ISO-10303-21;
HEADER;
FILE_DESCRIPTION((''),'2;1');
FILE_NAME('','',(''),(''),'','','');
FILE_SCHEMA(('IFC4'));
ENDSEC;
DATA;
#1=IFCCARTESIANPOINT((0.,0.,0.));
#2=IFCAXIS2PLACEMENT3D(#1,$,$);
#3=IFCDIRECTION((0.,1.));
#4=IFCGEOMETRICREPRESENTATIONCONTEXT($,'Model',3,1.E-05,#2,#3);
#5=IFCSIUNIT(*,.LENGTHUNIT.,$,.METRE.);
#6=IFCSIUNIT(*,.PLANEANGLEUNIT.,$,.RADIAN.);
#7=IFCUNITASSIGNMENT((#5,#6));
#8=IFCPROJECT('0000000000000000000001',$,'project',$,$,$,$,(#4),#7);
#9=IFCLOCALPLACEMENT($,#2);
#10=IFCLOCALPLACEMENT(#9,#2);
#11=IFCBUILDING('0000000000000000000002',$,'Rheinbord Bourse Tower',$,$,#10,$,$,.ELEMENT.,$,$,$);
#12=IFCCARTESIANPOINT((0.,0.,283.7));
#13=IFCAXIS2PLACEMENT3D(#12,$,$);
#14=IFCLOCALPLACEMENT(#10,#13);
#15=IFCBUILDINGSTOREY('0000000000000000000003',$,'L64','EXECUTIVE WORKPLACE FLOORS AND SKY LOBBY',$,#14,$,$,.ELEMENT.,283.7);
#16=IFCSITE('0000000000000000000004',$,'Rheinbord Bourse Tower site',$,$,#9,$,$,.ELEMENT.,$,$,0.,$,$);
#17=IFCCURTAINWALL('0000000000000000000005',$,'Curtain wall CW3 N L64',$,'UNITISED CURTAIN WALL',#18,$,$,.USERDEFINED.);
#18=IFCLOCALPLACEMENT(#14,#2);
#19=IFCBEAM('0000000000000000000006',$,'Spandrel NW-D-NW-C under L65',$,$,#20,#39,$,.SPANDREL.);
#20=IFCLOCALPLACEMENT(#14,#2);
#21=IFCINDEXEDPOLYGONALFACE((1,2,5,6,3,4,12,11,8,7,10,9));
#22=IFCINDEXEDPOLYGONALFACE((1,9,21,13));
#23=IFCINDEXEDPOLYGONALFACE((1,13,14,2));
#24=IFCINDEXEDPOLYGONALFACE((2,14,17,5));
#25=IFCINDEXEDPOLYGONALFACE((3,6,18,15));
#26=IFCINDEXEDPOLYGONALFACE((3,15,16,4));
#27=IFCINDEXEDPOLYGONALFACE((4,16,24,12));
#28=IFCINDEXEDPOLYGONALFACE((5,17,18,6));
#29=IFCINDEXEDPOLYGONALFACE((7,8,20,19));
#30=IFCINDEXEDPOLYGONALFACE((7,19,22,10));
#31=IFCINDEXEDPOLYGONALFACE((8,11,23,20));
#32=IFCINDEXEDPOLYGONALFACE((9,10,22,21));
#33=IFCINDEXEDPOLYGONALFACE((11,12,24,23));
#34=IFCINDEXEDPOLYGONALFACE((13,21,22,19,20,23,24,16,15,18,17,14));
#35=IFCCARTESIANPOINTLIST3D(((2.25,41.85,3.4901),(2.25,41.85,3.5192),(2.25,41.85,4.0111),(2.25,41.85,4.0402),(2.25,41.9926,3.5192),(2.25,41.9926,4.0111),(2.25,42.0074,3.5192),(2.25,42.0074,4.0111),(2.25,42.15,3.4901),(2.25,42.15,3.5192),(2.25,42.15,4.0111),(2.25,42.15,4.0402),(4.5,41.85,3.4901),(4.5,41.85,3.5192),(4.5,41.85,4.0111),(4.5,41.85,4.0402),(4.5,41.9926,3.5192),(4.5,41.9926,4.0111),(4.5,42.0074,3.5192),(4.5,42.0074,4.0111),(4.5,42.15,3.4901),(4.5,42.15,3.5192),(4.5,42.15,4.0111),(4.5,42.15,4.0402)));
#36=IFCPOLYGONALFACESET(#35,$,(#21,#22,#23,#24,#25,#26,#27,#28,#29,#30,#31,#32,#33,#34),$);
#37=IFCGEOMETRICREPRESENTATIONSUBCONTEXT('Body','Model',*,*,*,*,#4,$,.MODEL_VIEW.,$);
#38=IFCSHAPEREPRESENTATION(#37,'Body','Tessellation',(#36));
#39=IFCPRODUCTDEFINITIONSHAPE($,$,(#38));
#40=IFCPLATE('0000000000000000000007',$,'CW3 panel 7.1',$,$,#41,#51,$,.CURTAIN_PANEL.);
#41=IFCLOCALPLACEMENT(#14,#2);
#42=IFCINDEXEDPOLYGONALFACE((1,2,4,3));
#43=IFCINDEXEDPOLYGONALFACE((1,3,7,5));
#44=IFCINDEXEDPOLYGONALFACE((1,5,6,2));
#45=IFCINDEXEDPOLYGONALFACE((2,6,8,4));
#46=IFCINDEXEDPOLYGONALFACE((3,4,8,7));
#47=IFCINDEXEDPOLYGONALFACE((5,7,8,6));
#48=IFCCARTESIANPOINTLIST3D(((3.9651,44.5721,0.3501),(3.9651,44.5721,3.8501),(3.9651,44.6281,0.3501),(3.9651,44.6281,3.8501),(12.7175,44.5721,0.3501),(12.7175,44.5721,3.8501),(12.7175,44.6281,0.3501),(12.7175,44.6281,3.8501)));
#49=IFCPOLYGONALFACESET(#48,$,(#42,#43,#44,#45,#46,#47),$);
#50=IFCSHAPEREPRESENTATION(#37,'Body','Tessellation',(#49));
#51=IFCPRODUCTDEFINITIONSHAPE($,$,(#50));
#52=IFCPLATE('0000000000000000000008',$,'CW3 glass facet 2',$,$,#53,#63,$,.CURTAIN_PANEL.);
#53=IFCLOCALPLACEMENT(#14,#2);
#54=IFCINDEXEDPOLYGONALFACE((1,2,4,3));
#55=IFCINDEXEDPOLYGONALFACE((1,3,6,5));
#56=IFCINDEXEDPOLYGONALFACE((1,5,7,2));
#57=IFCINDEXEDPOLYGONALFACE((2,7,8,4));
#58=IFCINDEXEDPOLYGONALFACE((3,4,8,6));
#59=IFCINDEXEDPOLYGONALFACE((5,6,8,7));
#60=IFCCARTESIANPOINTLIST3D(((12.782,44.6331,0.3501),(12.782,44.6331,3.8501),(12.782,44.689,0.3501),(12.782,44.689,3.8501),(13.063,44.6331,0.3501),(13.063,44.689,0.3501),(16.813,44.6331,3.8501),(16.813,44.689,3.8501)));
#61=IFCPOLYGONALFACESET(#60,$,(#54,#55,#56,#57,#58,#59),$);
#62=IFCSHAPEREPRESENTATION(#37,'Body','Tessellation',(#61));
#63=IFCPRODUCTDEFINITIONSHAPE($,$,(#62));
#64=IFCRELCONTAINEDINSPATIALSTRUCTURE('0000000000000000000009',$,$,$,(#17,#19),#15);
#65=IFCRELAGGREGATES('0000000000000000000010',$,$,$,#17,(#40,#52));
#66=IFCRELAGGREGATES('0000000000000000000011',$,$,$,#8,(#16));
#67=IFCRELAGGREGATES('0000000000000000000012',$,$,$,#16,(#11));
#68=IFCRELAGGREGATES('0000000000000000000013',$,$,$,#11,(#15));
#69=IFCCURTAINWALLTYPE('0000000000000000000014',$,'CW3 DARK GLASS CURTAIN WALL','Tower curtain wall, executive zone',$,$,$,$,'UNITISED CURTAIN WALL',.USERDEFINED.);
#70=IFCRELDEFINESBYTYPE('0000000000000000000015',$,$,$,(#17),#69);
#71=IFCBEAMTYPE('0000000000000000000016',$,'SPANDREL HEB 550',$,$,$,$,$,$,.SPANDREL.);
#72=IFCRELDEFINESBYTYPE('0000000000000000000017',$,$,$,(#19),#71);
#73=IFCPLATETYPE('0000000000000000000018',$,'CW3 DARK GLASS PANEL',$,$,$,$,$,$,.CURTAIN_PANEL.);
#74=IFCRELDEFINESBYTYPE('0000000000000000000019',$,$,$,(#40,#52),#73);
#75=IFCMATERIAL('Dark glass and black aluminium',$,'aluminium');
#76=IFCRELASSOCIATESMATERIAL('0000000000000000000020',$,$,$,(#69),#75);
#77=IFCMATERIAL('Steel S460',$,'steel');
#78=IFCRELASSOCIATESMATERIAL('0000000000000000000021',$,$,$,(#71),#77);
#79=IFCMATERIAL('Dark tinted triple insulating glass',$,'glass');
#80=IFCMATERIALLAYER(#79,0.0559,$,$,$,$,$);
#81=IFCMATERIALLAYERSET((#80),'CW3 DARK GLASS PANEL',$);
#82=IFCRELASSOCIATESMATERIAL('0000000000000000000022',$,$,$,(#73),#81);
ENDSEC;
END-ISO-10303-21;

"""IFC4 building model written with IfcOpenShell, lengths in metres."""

from ifc_helpers import new_model, si_unit, direction, frame, origin, origin_2d, place, context, subcontext, project, spatial, polyline, rectangle, i_section, outline, extrude, material, layer, layer_set, material_profile, profile_set, type_object, element, aggregate, save


model = new_model("IFC4")

# Units and contexts
model_context = context("Model", 3, precision=1e-05, world=origin(), true_north=direction((0.0, 1.0)))
body_context = subcontext(model_context, "Body", "Model", "MODEL_VIEW")
ifc_project = project(units=[si_unit("LENGTHUNIT", "METRE"), si_unit("PLANEANGLEUNIT", "RADIAN")], contexts=[model_context])

# Site, building, storey
site_placement = place(None, origin())
site = spatial("IfcSite", under=ifc_project, at=site_placement, Name="Rheinbord Bourse Tower site", CompositionType="ELEMENT", RefElevation=0.0)
building_placement = place(site_placement, origin())
building = spatial("IfcBuilding", under=site, at=building_placement, Name="Rheinbord Bourse Tower", CompositionType="ELEMENT")
storey_placement = place(building_placement, frame((0.0, 0.0, 283.7)))
storey = spatial("IfcBuildingStorey", under=building, at=storey_placement, Name="L64", Description="EXECUTIVE WORKPLACE FLOORS AND SKY LOBBY", CompositionType="ELEMENT", Elevation=283.7)

# Curtain wall
ifc_material_1 = material(Name="Dark glass and black aluminium", Category="aluminium")
curtain_wall_type = type_object("IfcCurtainWallType", Name="CW3 DARK GLASS CURTAIN WALL", Description="Tower curtain wall, executive zone", ElementType="UNITISED CURTAIN WALL", PredefinedType="USERDEFINED", material=ifc_material_1)
curtain_wall_placement = place(storey_placement, origin())
curtain_wall = element("IfcCurtainWall", 1, at=curtain_wall_placement, inside=storey, type_object=curtain_wall_type, Name="Curtain wall CW3 N L64", ObjectType="UNITISED CURTAIN WALL", PredefinedType="USERDEFINED")

# Beam
ifc_material_2 = material(Name="Steel S460", Category="steel")
ifc_material_profile_1 = material_profile(ifc_material_2, i_section(OverallWidth=0.3, OverallDepth=0.55, WebThickness=0.0149, FlangeThickness=0.0291, at=origin_2d()), Name="HEB 550")
ifc_profile_set_1 = profile_set([ifc_material_profile_1], Name="Steel S460")
beam_type_1 = type_object("IfcBeamType", Name="SPANDREL HEB 550", PredefinedType="SPANDREL", material=ifc_profile_set_1)
beam_1_placement = place(storey_placement, frame((4.5, 42.0, 3.7651), z_axis=(-1.0, 0.0, 0.0), x_axis=(0.0, -1.0, 0.0)))
element("IfcBeam", 2, at=beam_1_placement, inside=storey, type_object=beam_type_1, Name="Spandrel NW-D-NW-C under L65", PredefinedType="SPANDREL", context=body_context, shape_type="SweptSolid", body=[
    extrude(i_section(OverallWidth=0.3, OverallDepth=0.55, WebThickness=0.0149, FlangeThickness=0.0291, at=origin_2d()), origin(), (0.0, 0.0, 1.0), 2.25),
])

# Plates
ifc_material_3 = material(Name="Dark tinted triple insulating glass", Category="glass")
ifc_layer_1 = layer(ifc_material_3, 0.0559)
ifc_layer_set_1 = layer_set([ifc_layer_1], Name="CW3 DARK GLASS PANEL")
plate_type = type_object("IfcPlateType", Name="CW3 DARK GLASS PANEL", PredefinedType="CURTAIN_PANEL", material=ifc_layer_set_1)
plate_1_placement = place(storey_placement, frame((8.3413, 44.6001, 0.3501), z_axis=(0.0, 0.0, 1.0), x_axis=(-1.0, 0.0, 0.0)))
plate_1 = element("IfcPlate", 3, at=plate_1_placement, type_object=plate_type, Name="CW3 panel 7.1", PredefinedType="CURTAIN_PANEL", context=body_context, shape_type="SweptSolid", body=[
    extrude(rectangle(XDim=8.7524, YDim=0.0559, at=origin_2d()), origin(), (0.0, 0.0, 1.0), 3.5),
])
plate_2_placement = place(storey_placement, frame((12.782, 44.689, 3.8501), z_axis=(0.0, -1.0, 0.0), x_axis=(0.0, 0.0, -1.0)))
plate_2 = element("IfcPlate", 4, at=plate_2_placement, type_object=plate_type, Name="CW3 glass facet 2", PredefinedType="CURTAIN_PANEL", context=body_context, shape_type="SweptSolid", body=[
    extrude(outline(polyline([(0.0, 0.0), (3.5, 0.0), (3.5, 0.281), (0.0, 4.031), (0.0, 0.0)])), origin(), (0.0, 0.0, 1.0), 0.0559),
])
aggregate(curtain_wall, [plate_1, plate_2])

save(model, "model.ifc")
